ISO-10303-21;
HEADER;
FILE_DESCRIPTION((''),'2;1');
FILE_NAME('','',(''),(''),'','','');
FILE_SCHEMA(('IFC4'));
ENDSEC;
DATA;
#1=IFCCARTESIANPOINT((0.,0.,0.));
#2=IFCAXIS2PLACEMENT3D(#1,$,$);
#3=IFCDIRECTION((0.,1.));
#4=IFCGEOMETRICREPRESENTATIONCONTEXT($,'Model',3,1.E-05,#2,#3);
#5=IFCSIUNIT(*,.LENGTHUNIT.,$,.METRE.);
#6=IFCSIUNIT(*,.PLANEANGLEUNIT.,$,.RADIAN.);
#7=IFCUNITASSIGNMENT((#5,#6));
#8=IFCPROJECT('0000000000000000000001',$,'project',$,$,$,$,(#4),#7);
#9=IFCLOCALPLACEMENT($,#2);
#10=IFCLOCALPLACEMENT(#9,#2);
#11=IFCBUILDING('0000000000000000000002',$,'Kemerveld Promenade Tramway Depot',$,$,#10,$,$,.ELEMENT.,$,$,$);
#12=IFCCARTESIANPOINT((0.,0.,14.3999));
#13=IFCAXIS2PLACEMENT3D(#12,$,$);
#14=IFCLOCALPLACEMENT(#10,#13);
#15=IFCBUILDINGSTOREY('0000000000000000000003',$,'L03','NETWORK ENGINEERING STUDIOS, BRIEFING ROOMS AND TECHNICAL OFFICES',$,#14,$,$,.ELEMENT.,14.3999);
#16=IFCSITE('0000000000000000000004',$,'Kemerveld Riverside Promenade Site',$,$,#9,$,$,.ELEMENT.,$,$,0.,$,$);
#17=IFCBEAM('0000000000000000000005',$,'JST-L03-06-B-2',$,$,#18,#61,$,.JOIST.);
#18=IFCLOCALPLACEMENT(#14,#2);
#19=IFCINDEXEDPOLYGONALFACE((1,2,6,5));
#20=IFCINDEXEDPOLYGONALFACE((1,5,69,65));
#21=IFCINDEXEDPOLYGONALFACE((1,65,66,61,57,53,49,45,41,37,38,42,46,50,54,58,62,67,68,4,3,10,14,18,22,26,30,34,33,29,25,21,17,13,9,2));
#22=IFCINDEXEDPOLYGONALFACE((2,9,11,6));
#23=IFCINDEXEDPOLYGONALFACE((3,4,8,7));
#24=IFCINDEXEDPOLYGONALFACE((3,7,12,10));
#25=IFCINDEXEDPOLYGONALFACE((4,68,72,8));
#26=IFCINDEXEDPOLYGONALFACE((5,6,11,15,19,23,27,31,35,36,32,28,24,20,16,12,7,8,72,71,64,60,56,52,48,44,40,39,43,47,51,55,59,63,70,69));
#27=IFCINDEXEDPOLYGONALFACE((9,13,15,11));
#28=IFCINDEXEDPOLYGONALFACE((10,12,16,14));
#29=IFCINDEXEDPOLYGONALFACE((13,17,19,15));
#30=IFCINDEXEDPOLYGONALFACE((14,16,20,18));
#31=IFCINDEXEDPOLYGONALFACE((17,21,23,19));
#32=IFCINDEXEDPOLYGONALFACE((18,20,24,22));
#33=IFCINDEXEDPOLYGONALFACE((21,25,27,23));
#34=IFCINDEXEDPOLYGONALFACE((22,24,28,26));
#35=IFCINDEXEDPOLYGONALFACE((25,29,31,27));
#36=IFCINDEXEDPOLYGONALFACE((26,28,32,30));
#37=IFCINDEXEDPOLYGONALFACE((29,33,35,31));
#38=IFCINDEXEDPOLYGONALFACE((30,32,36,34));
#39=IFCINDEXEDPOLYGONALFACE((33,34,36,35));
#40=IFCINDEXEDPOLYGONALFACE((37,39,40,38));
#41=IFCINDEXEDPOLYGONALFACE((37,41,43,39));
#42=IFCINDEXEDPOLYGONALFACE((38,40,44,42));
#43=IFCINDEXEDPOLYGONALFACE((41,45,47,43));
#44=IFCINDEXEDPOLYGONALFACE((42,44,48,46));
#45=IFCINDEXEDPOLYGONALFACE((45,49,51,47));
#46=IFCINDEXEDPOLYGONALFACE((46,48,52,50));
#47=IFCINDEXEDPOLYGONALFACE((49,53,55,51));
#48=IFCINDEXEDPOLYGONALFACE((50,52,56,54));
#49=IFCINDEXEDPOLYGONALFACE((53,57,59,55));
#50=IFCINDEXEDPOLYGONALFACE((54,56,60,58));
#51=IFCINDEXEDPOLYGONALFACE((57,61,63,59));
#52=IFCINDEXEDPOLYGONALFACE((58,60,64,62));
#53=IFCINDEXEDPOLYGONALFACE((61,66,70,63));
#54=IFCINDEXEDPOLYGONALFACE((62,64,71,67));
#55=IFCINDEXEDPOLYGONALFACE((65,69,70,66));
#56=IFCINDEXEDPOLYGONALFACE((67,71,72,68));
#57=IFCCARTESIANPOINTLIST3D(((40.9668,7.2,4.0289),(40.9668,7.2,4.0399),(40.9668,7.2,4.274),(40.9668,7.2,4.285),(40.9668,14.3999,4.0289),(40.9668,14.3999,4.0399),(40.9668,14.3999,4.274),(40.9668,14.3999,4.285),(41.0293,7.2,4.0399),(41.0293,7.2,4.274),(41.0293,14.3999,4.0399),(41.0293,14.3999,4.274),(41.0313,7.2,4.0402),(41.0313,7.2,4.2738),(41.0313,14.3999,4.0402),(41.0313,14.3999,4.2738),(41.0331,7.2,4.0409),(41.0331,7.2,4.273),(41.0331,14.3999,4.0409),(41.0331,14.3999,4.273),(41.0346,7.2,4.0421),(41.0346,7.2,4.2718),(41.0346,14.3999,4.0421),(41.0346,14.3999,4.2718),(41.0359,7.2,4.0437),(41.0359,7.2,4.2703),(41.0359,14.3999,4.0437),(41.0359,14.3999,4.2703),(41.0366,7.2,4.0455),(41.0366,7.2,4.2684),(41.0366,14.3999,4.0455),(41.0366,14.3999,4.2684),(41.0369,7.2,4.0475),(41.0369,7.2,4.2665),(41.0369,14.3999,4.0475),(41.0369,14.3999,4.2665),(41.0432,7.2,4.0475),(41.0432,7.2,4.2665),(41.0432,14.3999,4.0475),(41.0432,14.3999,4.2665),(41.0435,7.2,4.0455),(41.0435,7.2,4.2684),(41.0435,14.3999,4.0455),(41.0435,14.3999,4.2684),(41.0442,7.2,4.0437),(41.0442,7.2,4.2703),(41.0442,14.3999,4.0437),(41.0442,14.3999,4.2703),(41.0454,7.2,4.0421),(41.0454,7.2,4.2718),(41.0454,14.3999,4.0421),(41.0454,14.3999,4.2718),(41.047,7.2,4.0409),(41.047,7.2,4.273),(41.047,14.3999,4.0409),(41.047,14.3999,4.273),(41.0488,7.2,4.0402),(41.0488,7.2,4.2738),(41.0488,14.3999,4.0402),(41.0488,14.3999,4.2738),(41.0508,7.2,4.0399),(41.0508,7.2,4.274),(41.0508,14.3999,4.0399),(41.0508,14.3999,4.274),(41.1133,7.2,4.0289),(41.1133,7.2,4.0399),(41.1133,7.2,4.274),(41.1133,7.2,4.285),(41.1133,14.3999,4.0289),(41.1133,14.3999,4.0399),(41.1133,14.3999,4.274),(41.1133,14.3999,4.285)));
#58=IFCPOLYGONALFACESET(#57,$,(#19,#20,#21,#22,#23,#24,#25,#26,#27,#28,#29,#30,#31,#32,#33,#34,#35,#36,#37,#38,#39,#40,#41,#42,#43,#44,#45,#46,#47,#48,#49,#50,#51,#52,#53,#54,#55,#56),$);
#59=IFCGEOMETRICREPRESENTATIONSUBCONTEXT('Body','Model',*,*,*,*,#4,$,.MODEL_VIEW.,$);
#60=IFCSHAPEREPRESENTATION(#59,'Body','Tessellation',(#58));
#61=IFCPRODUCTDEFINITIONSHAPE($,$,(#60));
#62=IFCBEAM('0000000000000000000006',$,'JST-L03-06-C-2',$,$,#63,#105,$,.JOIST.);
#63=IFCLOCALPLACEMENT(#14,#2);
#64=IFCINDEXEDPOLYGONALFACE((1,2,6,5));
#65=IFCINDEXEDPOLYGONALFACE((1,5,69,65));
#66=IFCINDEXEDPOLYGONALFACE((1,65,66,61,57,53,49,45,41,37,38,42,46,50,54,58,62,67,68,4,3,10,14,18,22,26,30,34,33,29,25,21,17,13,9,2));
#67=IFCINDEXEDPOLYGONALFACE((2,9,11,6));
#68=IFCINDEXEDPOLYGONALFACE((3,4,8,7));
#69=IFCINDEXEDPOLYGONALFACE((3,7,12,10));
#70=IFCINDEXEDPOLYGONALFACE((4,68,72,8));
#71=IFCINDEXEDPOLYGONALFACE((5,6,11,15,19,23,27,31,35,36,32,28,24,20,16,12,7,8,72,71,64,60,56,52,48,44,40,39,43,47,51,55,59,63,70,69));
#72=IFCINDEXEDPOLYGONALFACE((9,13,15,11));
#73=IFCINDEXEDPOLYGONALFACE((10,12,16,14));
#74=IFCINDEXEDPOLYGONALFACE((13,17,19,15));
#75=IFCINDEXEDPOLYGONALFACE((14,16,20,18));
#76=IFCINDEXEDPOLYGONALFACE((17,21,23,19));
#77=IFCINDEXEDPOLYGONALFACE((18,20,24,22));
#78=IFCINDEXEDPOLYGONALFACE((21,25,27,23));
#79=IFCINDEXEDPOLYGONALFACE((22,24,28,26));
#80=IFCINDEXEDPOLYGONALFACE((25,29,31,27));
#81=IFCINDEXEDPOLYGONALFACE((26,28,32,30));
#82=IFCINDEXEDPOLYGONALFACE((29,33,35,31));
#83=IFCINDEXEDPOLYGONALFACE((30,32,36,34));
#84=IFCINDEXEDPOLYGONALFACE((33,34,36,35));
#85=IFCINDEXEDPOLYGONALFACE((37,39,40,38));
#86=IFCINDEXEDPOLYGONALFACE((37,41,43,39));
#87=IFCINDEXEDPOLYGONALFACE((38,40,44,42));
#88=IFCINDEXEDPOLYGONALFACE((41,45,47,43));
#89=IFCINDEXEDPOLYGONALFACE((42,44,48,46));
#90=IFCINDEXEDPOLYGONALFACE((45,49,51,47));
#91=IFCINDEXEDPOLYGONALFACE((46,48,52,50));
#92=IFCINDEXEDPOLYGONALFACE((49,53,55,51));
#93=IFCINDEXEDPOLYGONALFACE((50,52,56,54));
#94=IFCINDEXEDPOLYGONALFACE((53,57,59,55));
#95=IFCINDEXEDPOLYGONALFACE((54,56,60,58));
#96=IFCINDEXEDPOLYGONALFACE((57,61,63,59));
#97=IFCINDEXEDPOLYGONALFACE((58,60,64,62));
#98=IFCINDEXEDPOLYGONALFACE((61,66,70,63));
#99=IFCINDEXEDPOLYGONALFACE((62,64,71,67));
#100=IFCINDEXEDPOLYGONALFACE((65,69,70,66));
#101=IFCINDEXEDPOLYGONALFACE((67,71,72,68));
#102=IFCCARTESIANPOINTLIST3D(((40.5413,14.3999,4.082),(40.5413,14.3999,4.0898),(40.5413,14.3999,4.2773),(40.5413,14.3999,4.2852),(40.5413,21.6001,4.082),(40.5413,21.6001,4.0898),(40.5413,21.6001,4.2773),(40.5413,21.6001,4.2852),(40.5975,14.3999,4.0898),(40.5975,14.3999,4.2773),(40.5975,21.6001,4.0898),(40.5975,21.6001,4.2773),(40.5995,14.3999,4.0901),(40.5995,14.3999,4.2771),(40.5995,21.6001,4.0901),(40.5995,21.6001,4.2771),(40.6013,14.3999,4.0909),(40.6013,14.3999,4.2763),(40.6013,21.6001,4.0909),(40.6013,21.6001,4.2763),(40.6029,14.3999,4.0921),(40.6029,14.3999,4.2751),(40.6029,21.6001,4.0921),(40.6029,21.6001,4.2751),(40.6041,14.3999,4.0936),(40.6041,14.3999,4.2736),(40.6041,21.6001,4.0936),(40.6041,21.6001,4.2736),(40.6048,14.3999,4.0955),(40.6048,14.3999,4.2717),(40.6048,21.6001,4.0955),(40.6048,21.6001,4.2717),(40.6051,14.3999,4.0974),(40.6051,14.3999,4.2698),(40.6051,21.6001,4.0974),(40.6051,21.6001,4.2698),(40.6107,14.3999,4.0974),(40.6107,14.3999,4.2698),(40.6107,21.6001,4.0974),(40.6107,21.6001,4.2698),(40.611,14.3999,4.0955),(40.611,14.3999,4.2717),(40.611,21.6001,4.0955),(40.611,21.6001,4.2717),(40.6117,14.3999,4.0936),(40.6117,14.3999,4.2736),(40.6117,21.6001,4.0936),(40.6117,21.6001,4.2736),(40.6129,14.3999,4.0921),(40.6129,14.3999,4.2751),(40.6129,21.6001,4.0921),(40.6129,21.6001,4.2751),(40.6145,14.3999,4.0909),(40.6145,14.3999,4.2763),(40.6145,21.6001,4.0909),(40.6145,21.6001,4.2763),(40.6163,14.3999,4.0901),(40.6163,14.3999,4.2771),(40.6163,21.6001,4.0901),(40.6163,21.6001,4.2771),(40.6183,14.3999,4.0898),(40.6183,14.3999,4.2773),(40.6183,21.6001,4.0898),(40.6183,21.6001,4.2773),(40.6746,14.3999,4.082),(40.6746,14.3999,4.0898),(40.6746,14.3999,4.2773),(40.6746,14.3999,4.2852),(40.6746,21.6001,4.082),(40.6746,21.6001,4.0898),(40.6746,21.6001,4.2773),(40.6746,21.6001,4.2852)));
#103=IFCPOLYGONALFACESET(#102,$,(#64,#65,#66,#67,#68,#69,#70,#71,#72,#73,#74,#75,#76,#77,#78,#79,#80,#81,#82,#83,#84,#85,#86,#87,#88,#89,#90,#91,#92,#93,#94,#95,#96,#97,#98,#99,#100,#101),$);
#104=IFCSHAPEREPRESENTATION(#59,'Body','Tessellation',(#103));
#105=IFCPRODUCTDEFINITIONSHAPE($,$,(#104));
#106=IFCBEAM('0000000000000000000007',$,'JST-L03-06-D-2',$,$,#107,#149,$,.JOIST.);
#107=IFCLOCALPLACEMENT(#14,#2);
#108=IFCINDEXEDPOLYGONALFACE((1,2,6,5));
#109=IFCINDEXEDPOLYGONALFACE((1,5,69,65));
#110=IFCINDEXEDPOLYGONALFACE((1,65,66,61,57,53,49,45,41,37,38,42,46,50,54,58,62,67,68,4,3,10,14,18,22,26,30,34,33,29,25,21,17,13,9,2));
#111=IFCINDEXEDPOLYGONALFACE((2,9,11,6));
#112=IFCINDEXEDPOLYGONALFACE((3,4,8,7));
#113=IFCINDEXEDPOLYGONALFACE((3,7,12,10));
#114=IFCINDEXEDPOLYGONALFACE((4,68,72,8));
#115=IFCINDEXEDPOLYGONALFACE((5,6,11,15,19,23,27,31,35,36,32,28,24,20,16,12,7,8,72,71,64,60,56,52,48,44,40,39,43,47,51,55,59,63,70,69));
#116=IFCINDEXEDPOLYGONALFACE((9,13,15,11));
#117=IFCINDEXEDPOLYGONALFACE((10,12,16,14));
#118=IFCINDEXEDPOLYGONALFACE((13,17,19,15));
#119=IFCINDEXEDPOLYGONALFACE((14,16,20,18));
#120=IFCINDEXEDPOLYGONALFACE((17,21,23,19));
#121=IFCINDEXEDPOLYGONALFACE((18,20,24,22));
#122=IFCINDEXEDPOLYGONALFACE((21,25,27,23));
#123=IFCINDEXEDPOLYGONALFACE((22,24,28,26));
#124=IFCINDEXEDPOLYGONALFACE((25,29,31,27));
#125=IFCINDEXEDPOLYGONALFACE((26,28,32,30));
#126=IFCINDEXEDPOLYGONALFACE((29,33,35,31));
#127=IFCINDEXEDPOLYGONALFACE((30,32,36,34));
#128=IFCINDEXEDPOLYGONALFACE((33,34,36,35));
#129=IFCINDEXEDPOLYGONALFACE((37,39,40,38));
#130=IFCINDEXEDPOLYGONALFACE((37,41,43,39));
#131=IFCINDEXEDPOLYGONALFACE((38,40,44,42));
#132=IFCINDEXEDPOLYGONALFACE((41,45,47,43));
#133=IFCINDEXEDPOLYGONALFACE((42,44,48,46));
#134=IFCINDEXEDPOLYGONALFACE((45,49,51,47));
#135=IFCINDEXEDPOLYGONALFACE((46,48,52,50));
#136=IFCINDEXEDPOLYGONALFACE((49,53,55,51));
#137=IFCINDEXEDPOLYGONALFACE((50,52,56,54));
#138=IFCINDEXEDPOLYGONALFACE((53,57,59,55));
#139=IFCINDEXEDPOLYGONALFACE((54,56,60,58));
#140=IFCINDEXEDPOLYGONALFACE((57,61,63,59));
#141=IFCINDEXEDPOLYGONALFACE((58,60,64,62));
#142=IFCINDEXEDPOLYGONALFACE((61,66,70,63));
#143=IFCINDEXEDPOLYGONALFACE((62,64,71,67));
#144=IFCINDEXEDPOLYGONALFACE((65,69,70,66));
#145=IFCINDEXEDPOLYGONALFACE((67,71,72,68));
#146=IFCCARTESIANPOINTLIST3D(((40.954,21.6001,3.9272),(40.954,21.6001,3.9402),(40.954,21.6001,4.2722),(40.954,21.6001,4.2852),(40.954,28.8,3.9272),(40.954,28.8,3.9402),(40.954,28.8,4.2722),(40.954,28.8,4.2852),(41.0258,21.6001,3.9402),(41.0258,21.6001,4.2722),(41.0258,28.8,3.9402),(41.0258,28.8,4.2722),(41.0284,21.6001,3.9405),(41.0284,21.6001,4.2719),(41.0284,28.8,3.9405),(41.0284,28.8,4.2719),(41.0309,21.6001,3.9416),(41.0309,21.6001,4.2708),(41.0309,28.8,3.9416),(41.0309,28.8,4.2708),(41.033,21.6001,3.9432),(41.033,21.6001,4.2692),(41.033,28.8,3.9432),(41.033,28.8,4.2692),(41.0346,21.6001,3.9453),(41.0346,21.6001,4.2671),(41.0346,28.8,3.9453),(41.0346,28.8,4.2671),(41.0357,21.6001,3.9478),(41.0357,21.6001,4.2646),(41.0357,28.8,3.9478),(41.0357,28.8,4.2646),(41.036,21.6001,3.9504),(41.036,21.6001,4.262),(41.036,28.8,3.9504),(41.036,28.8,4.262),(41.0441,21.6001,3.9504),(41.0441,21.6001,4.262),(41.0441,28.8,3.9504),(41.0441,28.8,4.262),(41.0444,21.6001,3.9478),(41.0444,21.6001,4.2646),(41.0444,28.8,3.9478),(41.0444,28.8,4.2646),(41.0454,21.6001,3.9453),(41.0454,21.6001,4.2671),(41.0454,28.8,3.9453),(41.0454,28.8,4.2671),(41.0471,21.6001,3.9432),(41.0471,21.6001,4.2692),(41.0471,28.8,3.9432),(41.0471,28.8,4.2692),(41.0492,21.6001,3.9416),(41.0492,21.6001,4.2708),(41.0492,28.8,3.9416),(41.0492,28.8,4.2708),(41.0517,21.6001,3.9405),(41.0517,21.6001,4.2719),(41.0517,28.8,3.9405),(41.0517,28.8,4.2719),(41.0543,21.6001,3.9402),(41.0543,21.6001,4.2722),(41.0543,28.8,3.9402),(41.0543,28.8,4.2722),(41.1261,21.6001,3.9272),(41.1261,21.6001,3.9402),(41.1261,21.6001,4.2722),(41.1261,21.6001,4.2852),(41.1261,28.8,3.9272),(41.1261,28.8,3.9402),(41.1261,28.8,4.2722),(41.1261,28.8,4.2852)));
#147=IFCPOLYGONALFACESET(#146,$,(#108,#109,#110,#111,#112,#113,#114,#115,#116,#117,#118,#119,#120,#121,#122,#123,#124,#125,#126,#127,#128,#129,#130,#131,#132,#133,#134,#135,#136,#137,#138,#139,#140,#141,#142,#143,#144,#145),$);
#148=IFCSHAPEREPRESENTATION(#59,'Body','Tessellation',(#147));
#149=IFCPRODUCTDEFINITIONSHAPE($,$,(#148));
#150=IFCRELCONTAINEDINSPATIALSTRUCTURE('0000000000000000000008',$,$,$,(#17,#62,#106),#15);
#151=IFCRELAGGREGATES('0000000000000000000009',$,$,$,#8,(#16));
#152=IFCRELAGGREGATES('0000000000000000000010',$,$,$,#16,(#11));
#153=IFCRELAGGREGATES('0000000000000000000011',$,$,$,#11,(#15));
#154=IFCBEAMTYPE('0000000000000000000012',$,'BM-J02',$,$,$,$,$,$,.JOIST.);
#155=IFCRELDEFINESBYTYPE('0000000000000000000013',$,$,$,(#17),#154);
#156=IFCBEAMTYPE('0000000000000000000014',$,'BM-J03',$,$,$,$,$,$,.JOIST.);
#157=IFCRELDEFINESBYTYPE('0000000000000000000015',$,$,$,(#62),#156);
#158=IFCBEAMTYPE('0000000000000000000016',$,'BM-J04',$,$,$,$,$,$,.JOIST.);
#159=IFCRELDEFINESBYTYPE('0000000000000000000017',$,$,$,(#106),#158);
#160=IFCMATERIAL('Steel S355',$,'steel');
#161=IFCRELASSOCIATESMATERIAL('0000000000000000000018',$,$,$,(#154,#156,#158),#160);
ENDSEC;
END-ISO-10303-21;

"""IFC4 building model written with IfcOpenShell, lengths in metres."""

from ifc_helpers import new_model, si_unit, direction, frame, origin, origin_2d, place, context, subcontext, project, spatial, i_section, extrude, material, material_profile, profile_set, type_object, element, save


model = new_model("IFC4")

# Units and contexts
model_context = context("Model", 3, precision=1e-05, world=origin(), true_north=direction((0.0, 1.0)))
body_context = subcontext(model_context, "Body", "Model", "MODEL_VIEW")
ifc_project = project(units=[si_unit("LENGTHUNIT", "METRE"), si_unit("PLANEANGLEUNIT", "RADIAN")], contexts=[model_context])

# Site, building, storey
site_placement = place(None, origin())
site = spatial("IfcSite", under=ifc_project, at=site_placement, Name="Kemerveld Riverside Promenade Site", CompositionType="ELEMENT", RefElevation=0.0)
building_placement = place(site_placement, origin())
building = spatial("IfcBuilding", under=site, at=building_placement, Name="Kemerveld Promenade Tramway Depot", CompositionType="ELEMENT")
storey_placement = place(building_placement, frame((0.0, 0.0, 14.3999)))
storey = spatial("IfcBuildingStorey", under=building, at=storey_placement, Name="L03", Description="NETWORK ENGINEERING STUDIOS, BRIEFING ROOMS AND TECHNICAL OFFICES", CompositionType="ELEMENT", Elevation=14.3999)

# Beams
ifc_material_1 = material(Name="Steel S355", Category="steel")
ifc_material_profile_1 = material_profile(ifc_material_1, i_section(OverallWidth=0.1465, OverallDepth=0.2561, WebThickness=0.0063, FlangeThickness=0.011, FilletRadius=0.0076, at=origin_2d()), Name="254x146x37 UB")
ifc_profile_set_1 = profile_set([ifc_material_profile_1], Name="Steel S355")
beam_type_1 = type_object("IfcBeamType", Name="BM-J02", PredefinedType="JOIST", material=ifc_profile_set_1)
beam_1_placement = place(storey_placement, frame((41.04, 7.2, 4.157), z_axis=(0.0, 1.0, 0.0), x_axis=(-1.0, 0.0, 0.0)))
element("IfcBeam", 1, at=beam_1_placement, inside=storey, type_object=beam_type_1, Name="JST-L03-06-B-2", PredefinedType="JOIST", context=body_context, shape_type="SweptSolid", body=[
    extrude(i_section(OverallWidth=0.1465, OverallDepth=0.2561, WebThickness=0.0063, FlangeThickness=0.011, FilletRadius=0.0076, at=origin_2d()), origin(), (0.0, 0.0, 1.0), 7.2),
])
ifc_material_profile_2 = material_profile(ifc_material_1, i_section(OverallWidth=0.1333, OverallDepth=0.2031, WebThickness=0.0056, FlangeThickness=0.0078, FilletRadius=0.0076, at=origin_2d()), Name="203x133x25 UB")
ifc_profile_set_2 = profile_set([ifc_material_profile_2], Name="Steel S355")
beam_type_2 = type_object("IfcBeamType", Name="BM-J03", PredefinedType="JOIST", material=ifc_profile_set_2)
beam_2_placement = place(storey_placement, frame((40.6079, 14.3999, 4.1836), z_axis=(0.0, 1.0, 0.0), x_axis=(-1.0, 0.0, 0.0)))
element("IfcBeam", 2, at=beam_2_placement, inside=storey, type_object=beam_type_2, Name="JST-L03-06-C-2", PredefinedType="JOIST", context=body_context, shape_type="SweptSolid", body=[
    extrude(i_section(OverallWidth=0.1333, OverallDepth=0.2031, WebThickness=0.0056, FlangeThickness=0.0078, FilletRadius=0.0076, at=origin_2d()), origin(), (0.0, 0.0, 1.0), 7.2002),
])
ifc_material_profile_3 = material_profile(ifc_material_1, i_section(OverallWidth=0.1721, OverallDepth=0.3579, WebThickness=0.0081, FlangeThickness=0.0129, FilletRadius=0.0103, at=origin_2d()), Name="356x171x57 UB")
ifc_profile_set_3 = profile_set([ifc_material_profile_3], Name="Steel S355")
beam_type_3 = type_object("IfcBeamType", Name="BM-J04", PredefinedType="JOIST", material=ifc_profile_set_3)
beam_3_placement = place(storey_placement, frame((41.04, 21.6001, 4.1062), z_axis=(0.0, 1.0, 0.0), x_axis=(-1.0, 0.0, 0.0)))
element("IfcBeam", 3, at=beam_3_placement, inside=storey, type_object=beam_type_3, Name="JST-L03-06-D-2", PredefinedType="JOIST", context=body_context, shape_type="SweptSolid", body=[
    extrude(i_section(OverallWidth=0.1721, OverallDepth=0.3579, WebThickness=0.0081, FlangeThickness=0.0129, FilletRadius=0.0103, at=origin_2d()), origin(), (0.0, 0.0, 1.0), 7.2),
])

save(model, "model.ifc")
